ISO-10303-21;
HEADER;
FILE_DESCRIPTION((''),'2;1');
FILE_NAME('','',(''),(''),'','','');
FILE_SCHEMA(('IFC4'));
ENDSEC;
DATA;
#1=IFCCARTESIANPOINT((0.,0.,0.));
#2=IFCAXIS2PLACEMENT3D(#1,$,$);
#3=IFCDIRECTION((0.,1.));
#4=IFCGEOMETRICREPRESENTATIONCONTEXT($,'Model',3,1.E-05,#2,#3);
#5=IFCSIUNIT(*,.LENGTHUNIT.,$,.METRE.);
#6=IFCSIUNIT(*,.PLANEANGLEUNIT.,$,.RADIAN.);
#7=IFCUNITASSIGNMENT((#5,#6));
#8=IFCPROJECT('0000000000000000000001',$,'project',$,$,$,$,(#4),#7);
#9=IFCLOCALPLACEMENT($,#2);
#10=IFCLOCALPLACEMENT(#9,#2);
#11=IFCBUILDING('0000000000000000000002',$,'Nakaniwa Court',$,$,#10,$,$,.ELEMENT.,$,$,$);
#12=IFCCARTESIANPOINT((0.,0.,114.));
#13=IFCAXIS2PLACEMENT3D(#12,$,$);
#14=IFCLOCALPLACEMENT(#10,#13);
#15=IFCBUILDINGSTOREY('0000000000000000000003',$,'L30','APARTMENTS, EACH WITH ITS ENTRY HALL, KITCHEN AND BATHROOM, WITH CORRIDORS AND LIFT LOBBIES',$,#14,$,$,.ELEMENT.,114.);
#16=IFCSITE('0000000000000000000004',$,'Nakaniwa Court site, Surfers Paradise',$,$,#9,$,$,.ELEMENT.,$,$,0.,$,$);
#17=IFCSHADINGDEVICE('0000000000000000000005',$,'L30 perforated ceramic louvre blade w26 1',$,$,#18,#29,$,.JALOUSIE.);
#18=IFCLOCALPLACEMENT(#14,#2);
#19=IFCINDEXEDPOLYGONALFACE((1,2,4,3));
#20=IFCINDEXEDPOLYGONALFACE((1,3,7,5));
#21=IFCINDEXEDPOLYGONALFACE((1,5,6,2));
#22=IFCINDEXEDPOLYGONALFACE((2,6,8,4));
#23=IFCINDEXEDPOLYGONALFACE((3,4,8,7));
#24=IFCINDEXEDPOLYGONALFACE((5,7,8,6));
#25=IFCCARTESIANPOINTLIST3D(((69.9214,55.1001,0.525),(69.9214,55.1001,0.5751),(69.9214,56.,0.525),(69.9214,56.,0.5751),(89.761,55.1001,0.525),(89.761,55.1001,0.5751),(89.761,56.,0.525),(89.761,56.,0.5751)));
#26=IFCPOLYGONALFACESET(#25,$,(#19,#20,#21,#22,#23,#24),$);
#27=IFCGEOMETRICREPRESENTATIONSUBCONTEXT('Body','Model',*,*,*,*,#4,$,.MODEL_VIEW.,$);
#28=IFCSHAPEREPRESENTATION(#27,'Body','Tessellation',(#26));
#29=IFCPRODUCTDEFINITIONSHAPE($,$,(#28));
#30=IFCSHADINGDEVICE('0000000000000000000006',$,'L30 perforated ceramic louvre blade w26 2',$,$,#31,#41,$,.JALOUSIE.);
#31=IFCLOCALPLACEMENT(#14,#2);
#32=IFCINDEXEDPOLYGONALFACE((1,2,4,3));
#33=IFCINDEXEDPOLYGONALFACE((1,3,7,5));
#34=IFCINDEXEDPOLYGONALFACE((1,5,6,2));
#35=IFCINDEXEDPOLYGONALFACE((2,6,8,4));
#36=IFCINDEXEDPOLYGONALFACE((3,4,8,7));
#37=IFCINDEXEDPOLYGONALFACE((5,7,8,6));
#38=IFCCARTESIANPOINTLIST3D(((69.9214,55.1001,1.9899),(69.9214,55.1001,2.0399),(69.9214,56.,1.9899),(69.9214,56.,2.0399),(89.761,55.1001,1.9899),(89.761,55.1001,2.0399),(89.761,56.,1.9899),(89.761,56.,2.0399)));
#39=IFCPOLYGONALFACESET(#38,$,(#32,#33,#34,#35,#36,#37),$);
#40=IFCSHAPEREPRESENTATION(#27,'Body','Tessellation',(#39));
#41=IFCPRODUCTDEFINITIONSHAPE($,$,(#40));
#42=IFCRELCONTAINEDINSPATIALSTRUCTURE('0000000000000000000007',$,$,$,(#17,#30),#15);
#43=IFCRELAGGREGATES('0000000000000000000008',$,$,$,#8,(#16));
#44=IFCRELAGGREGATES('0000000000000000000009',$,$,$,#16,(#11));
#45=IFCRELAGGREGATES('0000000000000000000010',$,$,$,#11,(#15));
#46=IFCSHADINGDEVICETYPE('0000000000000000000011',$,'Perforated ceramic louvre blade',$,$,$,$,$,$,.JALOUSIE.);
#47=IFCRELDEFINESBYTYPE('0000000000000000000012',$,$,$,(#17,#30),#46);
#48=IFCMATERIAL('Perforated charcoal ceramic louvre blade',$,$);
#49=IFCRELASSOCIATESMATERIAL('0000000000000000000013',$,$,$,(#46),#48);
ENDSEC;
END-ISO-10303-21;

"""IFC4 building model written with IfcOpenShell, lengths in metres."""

from ifc_helpers import new_model, si_unit, direction, frame, origin, origin_2d, place, context, subcontext, project, spatial, rectangle, extrude, material, material_profile, profile_set, type_object, element, save


model = new_model("IFC4")

# Units and contexts
model_context = context("Model", 3, precision=1e-05, world=origin(), true_north=direction((0.0, 1.0)))
body_context = subcontext(model_context, "Body", "Model", "MODEL_VIEW")
ifc_project = project(units=[si_unit("LENGTHUNIT", "METRE"), si_unit("PLANEANGLEUNIT", "RADIAN")], contexts=[model_context])

# Site, building, storey
site_placement = place(None, origin())
site = spatial("IfcSite", under=ifc_project, at=site_placement, Name="Nakaniwa Court site, Surfers Paradise", CompositionType="ELEMENT", RefElevation=0.0)
building_placement = place(site_placement, origin())
building = spatial("IfcBuilding", under=site, at=building_placement, Name="Nakaniwa Court", CompositionType="ELEMENT")
storey_placement = place(building_placement, frame((0.0, 0.0, 114.0)))
storey = spatial("IfcBuildingStorey", under=building, at=storey_placement, Name="L30", Description="APARTMENTS, EACH WITH ITS ENTRY HALL, KITCHEN AND BATHROOM, WITH CORRIDORS AND LIFT LOBBIES", CompositionType="ELEMENT", Elevation=114.0)

# Shading devices
ifc_material_1 = material(Name="Perforated charcoal ceramic louvre blade")
ifc_material_profile_1 = material_profile(ifc_material_1, rectangle(XDim=0.8999, YDim=0.05, at=origin_2d()), Name="Perforated ceramic louvre blade")
ifc_profile_set_1 = profile_set([ifc_material_profile_1], Name="Perforated charcoal ceramic louvre blade")
shading_device_type = type_object("IfcShadingDeviceType", Name="Perforated ceramic louvre blade", PredefinedType="JALOUSIE", material=ifc_profile_set_1)
for number, where, z_axis, x_axis, name in (
    (1, (69.9214, 55.55, 0.55), (1.0, 0.0, 0.0), (0.0, 1.0, 0.0), "L30 perforated ceramic louvre blade w26 1"),
    (2, (69.9214, 55.55, 2.0149), (1.0, 0.0, 0.0), (0.0, 1.0, 0.0), "L30 perforated ceramic louvre blade w26 2"),
):
    element("IfcShadingDevice", number, at=place(storey_placement, frame(where, z_axis=z_axis, x_axis=x_axis)), inside=storey, type_object=shading_device_type, Name=name, PredefinedType="JALOUSIE", context=body_context, shape_type="SweptSolid", body=[
        extrude(rectangle(XDim=0.8999, YDim=0.05, at=origin_2d()), origin(), (0.0, 0.0, 1.0), 19.8396),
    ])

save(model, "model.ifc")
